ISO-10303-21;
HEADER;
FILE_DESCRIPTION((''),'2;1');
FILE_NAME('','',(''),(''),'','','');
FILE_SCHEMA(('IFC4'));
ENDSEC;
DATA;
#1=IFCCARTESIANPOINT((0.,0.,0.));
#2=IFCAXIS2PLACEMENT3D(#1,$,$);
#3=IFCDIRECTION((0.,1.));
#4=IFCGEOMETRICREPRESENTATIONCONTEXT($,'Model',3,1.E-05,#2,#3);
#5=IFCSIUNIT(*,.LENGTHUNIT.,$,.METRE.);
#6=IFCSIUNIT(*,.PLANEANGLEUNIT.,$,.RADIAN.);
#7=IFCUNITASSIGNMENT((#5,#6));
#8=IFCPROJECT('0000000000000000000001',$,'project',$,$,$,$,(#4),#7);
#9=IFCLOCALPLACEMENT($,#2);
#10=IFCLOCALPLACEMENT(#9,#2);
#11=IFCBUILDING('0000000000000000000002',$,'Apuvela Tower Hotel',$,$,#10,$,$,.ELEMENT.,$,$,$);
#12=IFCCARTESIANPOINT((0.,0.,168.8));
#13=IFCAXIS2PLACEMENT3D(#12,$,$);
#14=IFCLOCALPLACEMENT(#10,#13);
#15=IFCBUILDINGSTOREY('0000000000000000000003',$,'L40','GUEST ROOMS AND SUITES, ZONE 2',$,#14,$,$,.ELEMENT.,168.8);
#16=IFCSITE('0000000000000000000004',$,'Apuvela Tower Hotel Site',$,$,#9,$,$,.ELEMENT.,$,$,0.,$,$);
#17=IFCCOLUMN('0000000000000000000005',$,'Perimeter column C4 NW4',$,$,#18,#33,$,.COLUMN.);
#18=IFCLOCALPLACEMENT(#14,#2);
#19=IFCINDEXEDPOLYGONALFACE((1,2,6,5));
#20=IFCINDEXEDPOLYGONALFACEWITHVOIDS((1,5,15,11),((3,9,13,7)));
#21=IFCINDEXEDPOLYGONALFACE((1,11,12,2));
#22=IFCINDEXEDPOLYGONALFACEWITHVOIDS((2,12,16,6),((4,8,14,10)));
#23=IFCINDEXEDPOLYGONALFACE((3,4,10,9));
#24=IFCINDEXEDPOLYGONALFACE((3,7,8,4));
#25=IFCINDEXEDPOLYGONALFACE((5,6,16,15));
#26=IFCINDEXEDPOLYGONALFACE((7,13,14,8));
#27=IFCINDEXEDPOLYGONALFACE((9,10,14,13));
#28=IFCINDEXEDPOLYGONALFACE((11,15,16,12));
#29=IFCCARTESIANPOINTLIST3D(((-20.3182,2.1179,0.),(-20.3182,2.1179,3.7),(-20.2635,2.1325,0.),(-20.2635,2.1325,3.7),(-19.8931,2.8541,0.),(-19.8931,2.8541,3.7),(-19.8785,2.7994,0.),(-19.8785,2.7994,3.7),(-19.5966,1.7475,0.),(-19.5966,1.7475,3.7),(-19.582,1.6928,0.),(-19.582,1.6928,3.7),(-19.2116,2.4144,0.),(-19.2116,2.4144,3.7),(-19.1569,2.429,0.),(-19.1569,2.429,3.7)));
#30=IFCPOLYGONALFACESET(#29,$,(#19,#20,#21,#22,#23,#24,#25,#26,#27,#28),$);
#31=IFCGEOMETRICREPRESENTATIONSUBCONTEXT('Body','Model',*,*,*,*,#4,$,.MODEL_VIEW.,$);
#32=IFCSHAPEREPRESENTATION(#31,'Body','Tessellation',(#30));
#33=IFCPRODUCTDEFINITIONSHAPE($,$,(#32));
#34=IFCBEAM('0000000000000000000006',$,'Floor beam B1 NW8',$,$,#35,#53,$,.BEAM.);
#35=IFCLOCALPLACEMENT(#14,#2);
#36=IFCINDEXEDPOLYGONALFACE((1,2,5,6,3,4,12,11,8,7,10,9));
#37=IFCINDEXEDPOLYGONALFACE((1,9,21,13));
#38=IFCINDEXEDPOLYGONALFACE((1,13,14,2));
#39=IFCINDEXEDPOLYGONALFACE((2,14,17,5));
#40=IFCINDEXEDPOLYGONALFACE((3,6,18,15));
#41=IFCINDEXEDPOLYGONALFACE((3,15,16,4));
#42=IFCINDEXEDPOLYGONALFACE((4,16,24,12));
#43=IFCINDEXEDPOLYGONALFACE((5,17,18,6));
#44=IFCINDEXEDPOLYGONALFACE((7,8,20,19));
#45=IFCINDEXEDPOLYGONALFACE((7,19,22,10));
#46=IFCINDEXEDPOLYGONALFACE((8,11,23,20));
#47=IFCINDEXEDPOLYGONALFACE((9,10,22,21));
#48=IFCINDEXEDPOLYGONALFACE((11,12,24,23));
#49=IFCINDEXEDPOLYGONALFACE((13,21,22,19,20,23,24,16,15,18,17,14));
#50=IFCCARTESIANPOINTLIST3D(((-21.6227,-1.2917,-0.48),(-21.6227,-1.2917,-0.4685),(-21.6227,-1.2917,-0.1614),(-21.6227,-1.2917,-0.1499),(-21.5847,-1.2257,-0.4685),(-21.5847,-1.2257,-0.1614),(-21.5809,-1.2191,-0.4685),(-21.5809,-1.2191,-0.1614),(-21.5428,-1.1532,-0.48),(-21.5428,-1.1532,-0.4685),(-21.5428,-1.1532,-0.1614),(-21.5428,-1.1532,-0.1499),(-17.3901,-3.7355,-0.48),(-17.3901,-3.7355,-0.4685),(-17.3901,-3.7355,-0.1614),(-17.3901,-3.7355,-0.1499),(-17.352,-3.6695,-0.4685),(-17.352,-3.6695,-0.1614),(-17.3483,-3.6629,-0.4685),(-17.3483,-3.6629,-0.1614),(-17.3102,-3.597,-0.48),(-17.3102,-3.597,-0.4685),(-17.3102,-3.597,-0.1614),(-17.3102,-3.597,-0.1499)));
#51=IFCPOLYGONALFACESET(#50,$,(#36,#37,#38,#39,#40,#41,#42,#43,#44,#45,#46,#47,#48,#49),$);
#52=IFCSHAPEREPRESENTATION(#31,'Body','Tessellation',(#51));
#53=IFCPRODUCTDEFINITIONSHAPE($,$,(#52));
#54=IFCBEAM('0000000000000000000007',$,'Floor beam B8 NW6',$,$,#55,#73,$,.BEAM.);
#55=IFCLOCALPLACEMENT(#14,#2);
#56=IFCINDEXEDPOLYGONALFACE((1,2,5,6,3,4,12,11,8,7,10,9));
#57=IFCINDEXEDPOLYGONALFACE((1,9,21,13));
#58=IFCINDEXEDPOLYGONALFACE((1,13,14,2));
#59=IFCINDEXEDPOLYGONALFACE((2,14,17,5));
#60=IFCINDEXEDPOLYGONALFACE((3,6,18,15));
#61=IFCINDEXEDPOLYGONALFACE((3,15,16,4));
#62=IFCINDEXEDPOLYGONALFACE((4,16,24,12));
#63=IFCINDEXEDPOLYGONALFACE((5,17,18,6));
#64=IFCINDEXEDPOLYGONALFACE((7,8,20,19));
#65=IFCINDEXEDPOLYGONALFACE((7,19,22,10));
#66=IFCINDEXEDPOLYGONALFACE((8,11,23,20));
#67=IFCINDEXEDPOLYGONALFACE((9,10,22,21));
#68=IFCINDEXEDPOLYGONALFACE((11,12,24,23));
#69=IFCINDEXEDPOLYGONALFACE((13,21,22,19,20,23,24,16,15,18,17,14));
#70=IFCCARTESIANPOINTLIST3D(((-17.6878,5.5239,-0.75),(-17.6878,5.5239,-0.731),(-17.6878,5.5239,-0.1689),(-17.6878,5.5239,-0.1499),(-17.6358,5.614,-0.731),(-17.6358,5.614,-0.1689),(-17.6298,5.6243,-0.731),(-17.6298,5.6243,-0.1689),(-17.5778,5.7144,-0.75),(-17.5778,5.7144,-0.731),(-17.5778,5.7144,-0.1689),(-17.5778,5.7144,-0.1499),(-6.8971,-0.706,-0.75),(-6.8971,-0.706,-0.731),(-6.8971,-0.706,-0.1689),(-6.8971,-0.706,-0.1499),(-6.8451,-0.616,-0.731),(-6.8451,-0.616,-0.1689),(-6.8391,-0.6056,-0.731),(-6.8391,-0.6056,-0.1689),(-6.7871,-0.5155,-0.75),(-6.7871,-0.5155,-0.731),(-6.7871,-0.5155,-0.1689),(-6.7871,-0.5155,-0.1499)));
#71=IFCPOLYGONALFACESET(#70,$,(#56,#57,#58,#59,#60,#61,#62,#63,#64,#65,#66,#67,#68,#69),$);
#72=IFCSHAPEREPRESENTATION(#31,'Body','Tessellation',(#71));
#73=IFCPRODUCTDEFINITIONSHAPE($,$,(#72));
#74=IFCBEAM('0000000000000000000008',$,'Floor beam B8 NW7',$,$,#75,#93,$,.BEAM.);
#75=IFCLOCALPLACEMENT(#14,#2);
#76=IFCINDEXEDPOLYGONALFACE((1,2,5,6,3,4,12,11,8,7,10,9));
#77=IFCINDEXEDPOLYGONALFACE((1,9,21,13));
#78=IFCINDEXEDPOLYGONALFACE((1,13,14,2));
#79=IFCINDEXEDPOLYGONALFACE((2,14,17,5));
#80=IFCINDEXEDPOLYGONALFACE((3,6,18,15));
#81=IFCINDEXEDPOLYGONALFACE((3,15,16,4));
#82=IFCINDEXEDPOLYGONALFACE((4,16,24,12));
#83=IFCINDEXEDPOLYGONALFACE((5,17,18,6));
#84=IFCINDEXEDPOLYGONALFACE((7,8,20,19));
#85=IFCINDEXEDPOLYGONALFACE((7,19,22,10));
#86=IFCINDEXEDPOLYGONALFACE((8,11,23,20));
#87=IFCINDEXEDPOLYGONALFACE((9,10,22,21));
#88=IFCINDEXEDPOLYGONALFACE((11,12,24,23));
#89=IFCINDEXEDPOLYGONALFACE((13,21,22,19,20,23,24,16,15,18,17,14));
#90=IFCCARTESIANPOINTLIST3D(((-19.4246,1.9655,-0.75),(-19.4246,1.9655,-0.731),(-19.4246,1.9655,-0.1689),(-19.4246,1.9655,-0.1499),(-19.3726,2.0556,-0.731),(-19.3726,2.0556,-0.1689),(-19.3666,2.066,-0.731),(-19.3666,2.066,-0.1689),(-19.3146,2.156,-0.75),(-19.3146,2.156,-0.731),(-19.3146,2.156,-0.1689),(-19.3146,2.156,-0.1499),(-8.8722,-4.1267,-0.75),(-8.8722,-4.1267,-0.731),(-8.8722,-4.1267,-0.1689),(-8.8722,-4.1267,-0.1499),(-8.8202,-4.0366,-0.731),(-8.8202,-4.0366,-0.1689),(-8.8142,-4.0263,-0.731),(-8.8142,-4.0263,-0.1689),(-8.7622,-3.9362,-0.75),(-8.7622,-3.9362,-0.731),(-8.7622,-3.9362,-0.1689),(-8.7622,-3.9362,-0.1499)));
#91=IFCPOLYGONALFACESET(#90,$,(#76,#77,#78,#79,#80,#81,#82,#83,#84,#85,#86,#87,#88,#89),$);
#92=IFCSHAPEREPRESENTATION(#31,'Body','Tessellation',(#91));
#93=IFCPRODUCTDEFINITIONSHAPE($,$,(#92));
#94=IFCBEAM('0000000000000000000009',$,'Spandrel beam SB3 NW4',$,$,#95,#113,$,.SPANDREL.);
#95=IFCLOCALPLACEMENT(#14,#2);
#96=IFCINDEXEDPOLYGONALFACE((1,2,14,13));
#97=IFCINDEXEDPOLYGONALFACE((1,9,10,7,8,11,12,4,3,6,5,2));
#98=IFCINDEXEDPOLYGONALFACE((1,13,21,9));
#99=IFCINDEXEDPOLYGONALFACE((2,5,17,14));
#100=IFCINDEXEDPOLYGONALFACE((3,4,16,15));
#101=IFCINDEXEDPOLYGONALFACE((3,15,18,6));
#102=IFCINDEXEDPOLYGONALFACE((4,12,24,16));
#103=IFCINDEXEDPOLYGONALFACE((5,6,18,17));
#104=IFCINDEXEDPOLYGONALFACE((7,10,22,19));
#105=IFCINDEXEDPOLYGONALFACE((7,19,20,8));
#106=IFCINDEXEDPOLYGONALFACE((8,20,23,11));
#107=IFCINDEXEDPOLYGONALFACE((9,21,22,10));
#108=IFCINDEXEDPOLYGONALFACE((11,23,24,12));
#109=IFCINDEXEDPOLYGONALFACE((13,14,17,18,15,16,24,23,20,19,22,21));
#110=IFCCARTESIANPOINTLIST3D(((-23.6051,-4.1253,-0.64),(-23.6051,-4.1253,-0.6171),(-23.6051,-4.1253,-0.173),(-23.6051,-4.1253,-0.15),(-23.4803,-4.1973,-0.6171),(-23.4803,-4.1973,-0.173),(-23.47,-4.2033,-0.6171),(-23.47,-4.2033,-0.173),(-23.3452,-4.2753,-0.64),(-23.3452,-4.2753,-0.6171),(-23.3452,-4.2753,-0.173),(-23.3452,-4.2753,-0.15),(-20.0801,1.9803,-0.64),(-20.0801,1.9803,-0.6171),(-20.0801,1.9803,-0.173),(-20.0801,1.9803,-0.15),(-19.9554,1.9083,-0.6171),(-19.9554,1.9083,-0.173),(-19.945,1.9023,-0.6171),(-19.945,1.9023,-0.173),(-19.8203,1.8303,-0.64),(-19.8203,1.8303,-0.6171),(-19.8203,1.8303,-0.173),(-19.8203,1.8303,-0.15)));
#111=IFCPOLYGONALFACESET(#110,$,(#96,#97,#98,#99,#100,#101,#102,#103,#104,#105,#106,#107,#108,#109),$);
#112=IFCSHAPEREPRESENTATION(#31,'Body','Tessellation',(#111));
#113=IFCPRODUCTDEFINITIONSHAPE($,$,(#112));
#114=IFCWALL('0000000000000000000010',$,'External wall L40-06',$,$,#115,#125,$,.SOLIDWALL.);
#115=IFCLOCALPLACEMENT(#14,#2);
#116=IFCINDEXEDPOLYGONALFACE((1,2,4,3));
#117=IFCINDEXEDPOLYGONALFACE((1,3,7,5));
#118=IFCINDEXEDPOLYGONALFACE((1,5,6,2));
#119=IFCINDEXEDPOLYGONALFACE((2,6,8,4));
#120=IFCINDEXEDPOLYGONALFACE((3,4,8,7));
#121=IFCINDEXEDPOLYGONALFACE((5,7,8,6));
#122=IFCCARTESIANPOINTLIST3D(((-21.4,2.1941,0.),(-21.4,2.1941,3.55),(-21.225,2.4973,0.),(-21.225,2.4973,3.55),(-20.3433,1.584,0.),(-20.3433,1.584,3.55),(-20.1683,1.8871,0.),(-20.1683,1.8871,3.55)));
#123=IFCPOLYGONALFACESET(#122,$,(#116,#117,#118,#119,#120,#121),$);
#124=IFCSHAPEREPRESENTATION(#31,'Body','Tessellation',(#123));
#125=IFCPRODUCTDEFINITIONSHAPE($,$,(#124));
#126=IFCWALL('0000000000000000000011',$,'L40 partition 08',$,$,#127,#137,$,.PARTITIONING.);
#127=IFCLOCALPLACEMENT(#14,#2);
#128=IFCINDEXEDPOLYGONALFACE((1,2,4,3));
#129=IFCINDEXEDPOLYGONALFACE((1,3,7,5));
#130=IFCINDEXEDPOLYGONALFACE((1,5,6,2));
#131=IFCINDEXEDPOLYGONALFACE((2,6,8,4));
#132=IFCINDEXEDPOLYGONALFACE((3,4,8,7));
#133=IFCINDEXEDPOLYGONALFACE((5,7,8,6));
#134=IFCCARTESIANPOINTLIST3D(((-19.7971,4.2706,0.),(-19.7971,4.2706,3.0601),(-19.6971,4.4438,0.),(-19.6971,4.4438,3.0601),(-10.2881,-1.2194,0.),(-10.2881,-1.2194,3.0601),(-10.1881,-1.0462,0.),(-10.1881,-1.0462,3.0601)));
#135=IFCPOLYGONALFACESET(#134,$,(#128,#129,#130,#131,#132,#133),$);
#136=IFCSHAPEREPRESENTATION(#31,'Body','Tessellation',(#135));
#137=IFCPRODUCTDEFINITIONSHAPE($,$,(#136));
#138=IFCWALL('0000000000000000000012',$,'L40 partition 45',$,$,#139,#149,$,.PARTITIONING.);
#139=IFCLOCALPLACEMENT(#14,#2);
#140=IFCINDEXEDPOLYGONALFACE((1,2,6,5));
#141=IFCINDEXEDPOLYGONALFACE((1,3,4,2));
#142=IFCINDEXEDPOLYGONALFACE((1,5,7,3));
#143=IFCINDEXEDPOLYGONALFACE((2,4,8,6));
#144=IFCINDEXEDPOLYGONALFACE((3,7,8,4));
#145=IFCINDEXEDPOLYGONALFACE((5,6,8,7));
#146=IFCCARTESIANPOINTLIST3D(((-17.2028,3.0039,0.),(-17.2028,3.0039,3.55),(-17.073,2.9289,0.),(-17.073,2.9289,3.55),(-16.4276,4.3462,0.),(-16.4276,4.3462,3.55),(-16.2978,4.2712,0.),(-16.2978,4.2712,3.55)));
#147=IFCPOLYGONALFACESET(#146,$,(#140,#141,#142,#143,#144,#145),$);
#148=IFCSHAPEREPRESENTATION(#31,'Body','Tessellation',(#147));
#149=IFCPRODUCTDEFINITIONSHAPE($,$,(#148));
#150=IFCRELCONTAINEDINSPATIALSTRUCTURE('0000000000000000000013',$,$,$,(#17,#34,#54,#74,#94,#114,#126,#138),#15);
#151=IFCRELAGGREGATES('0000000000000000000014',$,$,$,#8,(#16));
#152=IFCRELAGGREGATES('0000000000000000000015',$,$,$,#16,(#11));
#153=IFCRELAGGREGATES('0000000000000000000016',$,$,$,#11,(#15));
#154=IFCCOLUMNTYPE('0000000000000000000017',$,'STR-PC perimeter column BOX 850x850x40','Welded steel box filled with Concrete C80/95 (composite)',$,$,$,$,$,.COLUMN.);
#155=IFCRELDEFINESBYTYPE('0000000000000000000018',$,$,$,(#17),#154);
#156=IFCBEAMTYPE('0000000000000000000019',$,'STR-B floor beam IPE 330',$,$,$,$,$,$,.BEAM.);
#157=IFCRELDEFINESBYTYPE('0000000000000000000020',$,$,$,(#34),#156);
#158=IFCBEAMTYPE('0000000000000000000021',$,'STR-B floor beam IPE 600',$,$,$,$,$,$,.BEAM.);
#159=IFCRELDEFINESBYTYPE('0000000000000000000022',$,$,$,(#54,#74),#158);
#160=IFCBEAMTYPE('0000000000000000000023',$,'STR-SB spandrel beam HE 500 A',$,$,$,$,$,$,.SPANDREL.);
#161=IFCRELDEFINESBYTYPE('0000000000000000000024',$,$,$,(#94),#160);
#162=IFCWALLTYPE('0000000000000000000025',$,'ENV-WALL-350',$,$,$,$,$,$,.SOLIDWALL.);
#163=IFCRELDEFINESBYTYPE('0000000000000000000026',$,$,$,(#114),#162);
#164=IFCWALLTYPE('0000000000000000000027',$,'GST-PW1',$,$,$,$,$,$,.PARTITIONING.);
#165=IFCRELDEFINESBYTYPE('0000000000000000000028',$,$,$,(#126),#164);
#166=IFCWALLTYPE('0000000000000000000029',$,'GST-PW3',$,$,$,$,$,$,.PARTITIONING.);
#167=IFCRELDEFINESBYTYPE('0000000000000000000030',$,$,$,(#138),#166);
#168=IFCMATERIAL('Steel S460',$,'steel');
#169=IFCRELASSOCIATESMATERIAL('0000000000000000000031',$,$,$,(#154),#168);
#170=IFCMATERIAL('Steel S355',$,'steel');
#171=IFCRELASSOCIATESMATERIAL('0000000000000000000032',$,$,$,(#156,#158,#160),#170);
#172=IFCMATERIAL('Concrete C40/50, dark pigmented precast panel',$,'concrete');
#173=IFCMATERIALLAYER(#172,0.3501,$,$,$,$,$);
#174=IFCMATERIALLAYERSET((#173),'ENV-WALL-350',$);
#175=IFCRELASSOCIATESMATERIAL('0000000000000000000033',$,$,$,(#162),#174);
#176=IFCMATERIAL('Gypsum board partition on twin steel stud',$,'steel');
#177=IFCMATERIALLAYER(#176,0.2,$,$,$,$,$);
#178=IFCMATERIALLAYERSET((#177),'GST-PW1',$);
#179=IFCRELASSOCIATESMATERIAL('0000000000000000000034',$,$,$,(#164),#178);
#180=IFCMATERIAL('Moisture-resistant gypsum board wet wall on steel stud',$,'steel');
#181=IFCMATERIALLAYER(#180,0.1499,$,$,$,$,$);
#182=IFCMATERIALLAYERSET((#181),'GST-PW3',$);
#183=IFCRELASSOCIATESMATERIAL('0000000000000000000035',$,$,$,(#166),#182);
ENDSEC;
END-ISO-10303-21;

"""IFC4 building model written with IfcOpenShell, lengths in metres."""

from ifc_helpers import new_model, si_unit, direction, frame, frame_2d, origin, origin_2d, place, context, subcontext, project, spatial, rectangle, hollow_rectangle, i_section, extrude, material, layer, layer_set, material_profile, profile_set, type_object, element, save


model = new_model("IFC4")

# Units and contexts
model_context = context("Model", 3, precision=1e-05, world=origin(), true_north=direction((0.0, 1.0)))
body_context = subcontext(model_context, "Body", "Model", "MODEL_VIEW")
ifc_project = project(units=[si_unit("LENGTHUNIT", "METRE"), si_unit("PLANEANGLEUNIT", "RADIAN")], contexts=[model_context])

# Site, building, storey
site_placement = place(None, origin())
site = spatial("IfcSite", under=ifc_project, at=site_placement, Name="Apuvela Tower Hotel Site", CompositionType="ELEMENT", RefElevation=0.0)
building_placement = place(site_placement, origin())
building = spatial("IfcBuilding", under=site, at=building_placement, Name="Apuvela Tower Hotel", CompositionType="ELEMENT")
storey_placement = place(building_placement, frame((0.0, 0.0, 168.8)))
storey = spatial("IfcBuildingStorey", under=building, at=storey_placement, Name="L40", Description="GUEST ROOMS AND SUITES, ZONE 2", CompositionType="ELEMENT", Elevation=168.8)

# Column
ifc_material_1 = material(Name="Steel S460", Category="steel")
ifc_material_profile_1 = material_profile(ifc_material_1, hollow_rectangle(XDim=0.8501, YDim=0.8501, WallThickness=0.04, at=origin_2d()), Name="BOX 850x850x40")
ifc_material_2 = material(Name="Concrete C80/95", Category="concrete")
ifc_material_profile_2 = material_profile(ifc_material_2, rectangle(XDim=0.77, YDim=0.77, at=origin_2d()), Name="Concrete C80/95 infill")
ifc_profile_set_1 = profile_set([ifc_material_profile_1, ifc_material_profile_2], Name="Steel S460")
column_type = type_object("IfcColumnType", Name="STR-PC perimeter column BOX 850x850x40", Description="Welded steel box filled with Concrete C80/95 (composite)", PredefinedType="COLUMN", material=ifc_profile_set_1)
column_placement = place(storey_placement, frame((-19.7375, 2.2734, 0.0), z_axis=(0.0, 0.0, 1.0), x_axis=(0.5, 0.866025, 0.0)))
element("IfcColumn", 1, at=column_placement, inside=storey, type_object=column_type, Name="Perimeter column C4 NW4", PredefinedType="COLUMN", context=body_context, shape_type="SweptSolid", body=[
    extrude(hollow_rectangle(XDim=0.8501, YDim=0.8501, WallThickness=0.04, at=origin_2d()), origin(), (0.0, 0.0, 1.0), 3.7),
])

# Beams
ifc_material_3 = material(Name="Steel S355", Category="steel")
ifc_material_profile_3 = material_profile(ifc_material_3, i_section(OverallWidth=0.1599, OverallDepth=0.3301, WebThickness=0.0076, FlangeThickness=0.0115, at=origin_2d()), Name="IPE 330")
ifc_profile_set_2 = profile_set([ifc_material_profile_3], Name="Steel S355")
beam_type_1 = type_object("IfcBeamType", Name="STR-B floor beam IPE 330", PredefinedType="BEAM", material=ifc_profile_set_2)
beam_1_placement = place(storey_placement, frame((-21.5828, -1.2224, -0.3149), z_axis=(0.866015, -0.500018, 0.0), x_axis=(0.500018, 0.866015, 0.0)))
element("IfcBeam", 2, at=beam_1_placement, inside=storey, type_object=beam_type_1, Name="Floor beam B1 NW8", PredefinedType="BEAM", context=body_context, shape_type="SweptSolid", body=[
    extrude(i_section(OverallWidth=0.1599, OverallDepth=0.3301, WebThickness=0.0076, FlangeThickness=0.0115, at=origin_2d()), origin(), (0.0, 0.0, 1.0), 4.8875),
])
ifc_material_profile_4 = material_profile(ifc_material_3, i_section(OverallWidth=0.22, OverallDepth=0.6001, WebThickness=0.012, FlangeThickness=0.019, at=origin_2d()), Name="IPE 600")
ifc_profile_set_3 = profile_set([ifc_material_profile_4], Name="Steel S355")
beam_type_2 = type_object("IfcBeamType", Name="STR-B floor beam IPE 600", PredefinedType="BEAM", material=ifc_profile_set_3)
beam_2_placement = place(storey_placement, frame((-17.6328, 5.6191, -0.45), z_axis=(0.866028, -0.499996, 0.0), x_axis=(0.499996, 0.866028, 0.0)))
element("IfcBeam", 3, at=beam_2_placement, inside=storey, type_object=beam_type_2, Name="Floor beam B8 NW6", PredefinedType="BEAM", context=body_context, shape_type="SweptSolid", body=[
    extrude(i_section(OverallWidth=0.22, OverallDepth=0.6001, WebThickness=0.012, FlangeThickness=0.019, at=origin_2d()), origin(), (0.0, 0.0, 1.0), 12.46),
])
beam_3_placement = place(storey_placement, frame((-19.3696, 2.0608, -0.45), z_axis=(0.866032, -0.499988, 0.0), x_axis=(0.499988, 0.866032, 0.0)))
element("IfcBeam", 4, at=beam_3_placement, inside=storey, type_object=beam_type_2, Name="Floor beam B8 NW7", PredefinedType="BEAM", context=body_context, shape_type="SweptSolid", body=[
    extrude(i_section(OverallWidth=0.22, OverallDepth=0.6001, WebThickness=0.012, FlangeThickness=0.019, at=origin_2d()), origin(), (0.0, 0.0, 1.0), 12.1848),
])
ifc_material_profile_5 = material_profile(ifc_material_3, i_section(OverallWidth=0.3, OverallDepth=0.49, WebThickness=0.012, FlangeThickness=0.0229, at=origin_2d()), Name="HE 500 A")
ifc_profile_set_4 = profile_set([ifc_material_profile_5], Name="Steel S355")
beam_type_3 = type_object("IfcBeamType", Name="STR-SB spandrel beam HE 500 A", PredefinedType="SPANDREL", material=ifc_profile_set_4)
beam_4_placement = place(storey_placement, frame((-19.9502, 1.9053, -0.395), z_axis=(-0.49999, -0.866031, 0.0), x_axis=(0.866031, -0.49999, 0.0)))
element("IfcBeam", 5, at=beam_4_placement, inside=storey, type_object=beam_type_3, Name="Spandrel beam SB3 NW4", PredefinedType="SPANDREL", context=body_context, shape_type="SweptSolid", body=[
    extrude(i_section(OverallWidth=0.3, OverallDepth=0.49, WebThickness=0.012, FlangeThickness=0.0229, at=origin_2d()), origin(), (0.0, 0.0, 1.0), 7.05),
])

# Shared definitions
ifc_material_4 = material(Name="Concrete C40/50, dark pigmented precast panel", Category="concrete")
ifc_layer_1 = layer(ifc_material_4, 0.3501)
ifc_layer_set_1 = layer_set([ifc_layer_1], Name="ENV-WALL-350")
wall_type_1 = type_object("IfcWallType", Name="ENV-WALL-350", PredefinedType="SOLIDWALL", material=ifc_layer_set_1)

# Wall
wall_1_placement = place(storey_placement, frame((-21.3125, 2.3457, 0.0), z_axis=(0.0, 0.0, 1.0), x_axis=(0.866006, -0.500034, 0.0)))
element("IfcWall", 6, at=wall_1_placement, inside=storey, type_object=wall_type_1, Name="External wall L40-06", PredefinedType="SOLIDWALL", context=body_context, shape_type="SweptSolid", body=[
    extrude(rectangle(XDim=1.2202, YDim=0.3501, at=frame_2d((0.6101, 0.0))), origin(), (0.0, 0.0, 1.0), 3.55),
])

# Walls
ifc_material_5 = material(Name="Gypsum board partition on twin steel stud", Category="steel")
ifc_layer_2 = layer(ifc_material_5, 0.2)
ifc_layer_set_2 = layer_set([ifc_layer_2], Name="GST-PW1")
wall_type_2 = type_object("IfcWallType", Name="GST-PW1", PredefinedType="PARTITIONING", material=ifc_layer_set_2)
wall_2_placement = place(storey_placement, frame((-19.7471, 4.3572, 0.0), z_axis=(0.0, 0.0, 1.0), x_axis=(0.866027, -0.499996, 0.0)))
element("IfcWall", 7, at=wall_2_placement, inside=storey, type_object=wall_type_2, Name="L40 partition 08", PredefinedType="PARTITIONING", context=body_context, shape_type="SweptSolid", body=[
    extrude(rectangle(XDim=10.98, YDim=0.2, at=frame_2d((5.49, 0.0))), origin(), (0.0, 0.0, 1.0), 3.0601),
])
ifc_material_6 = material(Name="Moisture-resistant gypsum board wet wall on steel stud", Category="steel")
ifc_layer_3 = layer(ifc_material_6, 0.1499)
ifc_layer_set_3 = layer_set([ifc_layer_3], Name="GST-PW3")
wall_type_3 = type_object("IfcWallType", Name="GST-PW3", PredefinedType="PARTITIONING", material=ifc_layer_set_3)
wall_3_placement = place(storey_placement, frame((-16.3628, 4.3086, 0.0), z_axis=(0.0, 0.0, 1.0), x_axis=(-0.500086, -0.865976, 0.0)))
element("IfcWall", 8, at=wall_3_placement, inside=storey, type_object=wall_type_3, Name="L40 partition 45", PredefinedType="PARTITIONING", context=body_context, shape_type="SweptSolid", body=[
    extrude(rectangle(XDim=1.55, YDim=0.1499, at=frame_2d((0.7749, 0.0))), origin(), (0.0, 0.0, 1.0), 3.55),
])

save(model, "model.ifc")
